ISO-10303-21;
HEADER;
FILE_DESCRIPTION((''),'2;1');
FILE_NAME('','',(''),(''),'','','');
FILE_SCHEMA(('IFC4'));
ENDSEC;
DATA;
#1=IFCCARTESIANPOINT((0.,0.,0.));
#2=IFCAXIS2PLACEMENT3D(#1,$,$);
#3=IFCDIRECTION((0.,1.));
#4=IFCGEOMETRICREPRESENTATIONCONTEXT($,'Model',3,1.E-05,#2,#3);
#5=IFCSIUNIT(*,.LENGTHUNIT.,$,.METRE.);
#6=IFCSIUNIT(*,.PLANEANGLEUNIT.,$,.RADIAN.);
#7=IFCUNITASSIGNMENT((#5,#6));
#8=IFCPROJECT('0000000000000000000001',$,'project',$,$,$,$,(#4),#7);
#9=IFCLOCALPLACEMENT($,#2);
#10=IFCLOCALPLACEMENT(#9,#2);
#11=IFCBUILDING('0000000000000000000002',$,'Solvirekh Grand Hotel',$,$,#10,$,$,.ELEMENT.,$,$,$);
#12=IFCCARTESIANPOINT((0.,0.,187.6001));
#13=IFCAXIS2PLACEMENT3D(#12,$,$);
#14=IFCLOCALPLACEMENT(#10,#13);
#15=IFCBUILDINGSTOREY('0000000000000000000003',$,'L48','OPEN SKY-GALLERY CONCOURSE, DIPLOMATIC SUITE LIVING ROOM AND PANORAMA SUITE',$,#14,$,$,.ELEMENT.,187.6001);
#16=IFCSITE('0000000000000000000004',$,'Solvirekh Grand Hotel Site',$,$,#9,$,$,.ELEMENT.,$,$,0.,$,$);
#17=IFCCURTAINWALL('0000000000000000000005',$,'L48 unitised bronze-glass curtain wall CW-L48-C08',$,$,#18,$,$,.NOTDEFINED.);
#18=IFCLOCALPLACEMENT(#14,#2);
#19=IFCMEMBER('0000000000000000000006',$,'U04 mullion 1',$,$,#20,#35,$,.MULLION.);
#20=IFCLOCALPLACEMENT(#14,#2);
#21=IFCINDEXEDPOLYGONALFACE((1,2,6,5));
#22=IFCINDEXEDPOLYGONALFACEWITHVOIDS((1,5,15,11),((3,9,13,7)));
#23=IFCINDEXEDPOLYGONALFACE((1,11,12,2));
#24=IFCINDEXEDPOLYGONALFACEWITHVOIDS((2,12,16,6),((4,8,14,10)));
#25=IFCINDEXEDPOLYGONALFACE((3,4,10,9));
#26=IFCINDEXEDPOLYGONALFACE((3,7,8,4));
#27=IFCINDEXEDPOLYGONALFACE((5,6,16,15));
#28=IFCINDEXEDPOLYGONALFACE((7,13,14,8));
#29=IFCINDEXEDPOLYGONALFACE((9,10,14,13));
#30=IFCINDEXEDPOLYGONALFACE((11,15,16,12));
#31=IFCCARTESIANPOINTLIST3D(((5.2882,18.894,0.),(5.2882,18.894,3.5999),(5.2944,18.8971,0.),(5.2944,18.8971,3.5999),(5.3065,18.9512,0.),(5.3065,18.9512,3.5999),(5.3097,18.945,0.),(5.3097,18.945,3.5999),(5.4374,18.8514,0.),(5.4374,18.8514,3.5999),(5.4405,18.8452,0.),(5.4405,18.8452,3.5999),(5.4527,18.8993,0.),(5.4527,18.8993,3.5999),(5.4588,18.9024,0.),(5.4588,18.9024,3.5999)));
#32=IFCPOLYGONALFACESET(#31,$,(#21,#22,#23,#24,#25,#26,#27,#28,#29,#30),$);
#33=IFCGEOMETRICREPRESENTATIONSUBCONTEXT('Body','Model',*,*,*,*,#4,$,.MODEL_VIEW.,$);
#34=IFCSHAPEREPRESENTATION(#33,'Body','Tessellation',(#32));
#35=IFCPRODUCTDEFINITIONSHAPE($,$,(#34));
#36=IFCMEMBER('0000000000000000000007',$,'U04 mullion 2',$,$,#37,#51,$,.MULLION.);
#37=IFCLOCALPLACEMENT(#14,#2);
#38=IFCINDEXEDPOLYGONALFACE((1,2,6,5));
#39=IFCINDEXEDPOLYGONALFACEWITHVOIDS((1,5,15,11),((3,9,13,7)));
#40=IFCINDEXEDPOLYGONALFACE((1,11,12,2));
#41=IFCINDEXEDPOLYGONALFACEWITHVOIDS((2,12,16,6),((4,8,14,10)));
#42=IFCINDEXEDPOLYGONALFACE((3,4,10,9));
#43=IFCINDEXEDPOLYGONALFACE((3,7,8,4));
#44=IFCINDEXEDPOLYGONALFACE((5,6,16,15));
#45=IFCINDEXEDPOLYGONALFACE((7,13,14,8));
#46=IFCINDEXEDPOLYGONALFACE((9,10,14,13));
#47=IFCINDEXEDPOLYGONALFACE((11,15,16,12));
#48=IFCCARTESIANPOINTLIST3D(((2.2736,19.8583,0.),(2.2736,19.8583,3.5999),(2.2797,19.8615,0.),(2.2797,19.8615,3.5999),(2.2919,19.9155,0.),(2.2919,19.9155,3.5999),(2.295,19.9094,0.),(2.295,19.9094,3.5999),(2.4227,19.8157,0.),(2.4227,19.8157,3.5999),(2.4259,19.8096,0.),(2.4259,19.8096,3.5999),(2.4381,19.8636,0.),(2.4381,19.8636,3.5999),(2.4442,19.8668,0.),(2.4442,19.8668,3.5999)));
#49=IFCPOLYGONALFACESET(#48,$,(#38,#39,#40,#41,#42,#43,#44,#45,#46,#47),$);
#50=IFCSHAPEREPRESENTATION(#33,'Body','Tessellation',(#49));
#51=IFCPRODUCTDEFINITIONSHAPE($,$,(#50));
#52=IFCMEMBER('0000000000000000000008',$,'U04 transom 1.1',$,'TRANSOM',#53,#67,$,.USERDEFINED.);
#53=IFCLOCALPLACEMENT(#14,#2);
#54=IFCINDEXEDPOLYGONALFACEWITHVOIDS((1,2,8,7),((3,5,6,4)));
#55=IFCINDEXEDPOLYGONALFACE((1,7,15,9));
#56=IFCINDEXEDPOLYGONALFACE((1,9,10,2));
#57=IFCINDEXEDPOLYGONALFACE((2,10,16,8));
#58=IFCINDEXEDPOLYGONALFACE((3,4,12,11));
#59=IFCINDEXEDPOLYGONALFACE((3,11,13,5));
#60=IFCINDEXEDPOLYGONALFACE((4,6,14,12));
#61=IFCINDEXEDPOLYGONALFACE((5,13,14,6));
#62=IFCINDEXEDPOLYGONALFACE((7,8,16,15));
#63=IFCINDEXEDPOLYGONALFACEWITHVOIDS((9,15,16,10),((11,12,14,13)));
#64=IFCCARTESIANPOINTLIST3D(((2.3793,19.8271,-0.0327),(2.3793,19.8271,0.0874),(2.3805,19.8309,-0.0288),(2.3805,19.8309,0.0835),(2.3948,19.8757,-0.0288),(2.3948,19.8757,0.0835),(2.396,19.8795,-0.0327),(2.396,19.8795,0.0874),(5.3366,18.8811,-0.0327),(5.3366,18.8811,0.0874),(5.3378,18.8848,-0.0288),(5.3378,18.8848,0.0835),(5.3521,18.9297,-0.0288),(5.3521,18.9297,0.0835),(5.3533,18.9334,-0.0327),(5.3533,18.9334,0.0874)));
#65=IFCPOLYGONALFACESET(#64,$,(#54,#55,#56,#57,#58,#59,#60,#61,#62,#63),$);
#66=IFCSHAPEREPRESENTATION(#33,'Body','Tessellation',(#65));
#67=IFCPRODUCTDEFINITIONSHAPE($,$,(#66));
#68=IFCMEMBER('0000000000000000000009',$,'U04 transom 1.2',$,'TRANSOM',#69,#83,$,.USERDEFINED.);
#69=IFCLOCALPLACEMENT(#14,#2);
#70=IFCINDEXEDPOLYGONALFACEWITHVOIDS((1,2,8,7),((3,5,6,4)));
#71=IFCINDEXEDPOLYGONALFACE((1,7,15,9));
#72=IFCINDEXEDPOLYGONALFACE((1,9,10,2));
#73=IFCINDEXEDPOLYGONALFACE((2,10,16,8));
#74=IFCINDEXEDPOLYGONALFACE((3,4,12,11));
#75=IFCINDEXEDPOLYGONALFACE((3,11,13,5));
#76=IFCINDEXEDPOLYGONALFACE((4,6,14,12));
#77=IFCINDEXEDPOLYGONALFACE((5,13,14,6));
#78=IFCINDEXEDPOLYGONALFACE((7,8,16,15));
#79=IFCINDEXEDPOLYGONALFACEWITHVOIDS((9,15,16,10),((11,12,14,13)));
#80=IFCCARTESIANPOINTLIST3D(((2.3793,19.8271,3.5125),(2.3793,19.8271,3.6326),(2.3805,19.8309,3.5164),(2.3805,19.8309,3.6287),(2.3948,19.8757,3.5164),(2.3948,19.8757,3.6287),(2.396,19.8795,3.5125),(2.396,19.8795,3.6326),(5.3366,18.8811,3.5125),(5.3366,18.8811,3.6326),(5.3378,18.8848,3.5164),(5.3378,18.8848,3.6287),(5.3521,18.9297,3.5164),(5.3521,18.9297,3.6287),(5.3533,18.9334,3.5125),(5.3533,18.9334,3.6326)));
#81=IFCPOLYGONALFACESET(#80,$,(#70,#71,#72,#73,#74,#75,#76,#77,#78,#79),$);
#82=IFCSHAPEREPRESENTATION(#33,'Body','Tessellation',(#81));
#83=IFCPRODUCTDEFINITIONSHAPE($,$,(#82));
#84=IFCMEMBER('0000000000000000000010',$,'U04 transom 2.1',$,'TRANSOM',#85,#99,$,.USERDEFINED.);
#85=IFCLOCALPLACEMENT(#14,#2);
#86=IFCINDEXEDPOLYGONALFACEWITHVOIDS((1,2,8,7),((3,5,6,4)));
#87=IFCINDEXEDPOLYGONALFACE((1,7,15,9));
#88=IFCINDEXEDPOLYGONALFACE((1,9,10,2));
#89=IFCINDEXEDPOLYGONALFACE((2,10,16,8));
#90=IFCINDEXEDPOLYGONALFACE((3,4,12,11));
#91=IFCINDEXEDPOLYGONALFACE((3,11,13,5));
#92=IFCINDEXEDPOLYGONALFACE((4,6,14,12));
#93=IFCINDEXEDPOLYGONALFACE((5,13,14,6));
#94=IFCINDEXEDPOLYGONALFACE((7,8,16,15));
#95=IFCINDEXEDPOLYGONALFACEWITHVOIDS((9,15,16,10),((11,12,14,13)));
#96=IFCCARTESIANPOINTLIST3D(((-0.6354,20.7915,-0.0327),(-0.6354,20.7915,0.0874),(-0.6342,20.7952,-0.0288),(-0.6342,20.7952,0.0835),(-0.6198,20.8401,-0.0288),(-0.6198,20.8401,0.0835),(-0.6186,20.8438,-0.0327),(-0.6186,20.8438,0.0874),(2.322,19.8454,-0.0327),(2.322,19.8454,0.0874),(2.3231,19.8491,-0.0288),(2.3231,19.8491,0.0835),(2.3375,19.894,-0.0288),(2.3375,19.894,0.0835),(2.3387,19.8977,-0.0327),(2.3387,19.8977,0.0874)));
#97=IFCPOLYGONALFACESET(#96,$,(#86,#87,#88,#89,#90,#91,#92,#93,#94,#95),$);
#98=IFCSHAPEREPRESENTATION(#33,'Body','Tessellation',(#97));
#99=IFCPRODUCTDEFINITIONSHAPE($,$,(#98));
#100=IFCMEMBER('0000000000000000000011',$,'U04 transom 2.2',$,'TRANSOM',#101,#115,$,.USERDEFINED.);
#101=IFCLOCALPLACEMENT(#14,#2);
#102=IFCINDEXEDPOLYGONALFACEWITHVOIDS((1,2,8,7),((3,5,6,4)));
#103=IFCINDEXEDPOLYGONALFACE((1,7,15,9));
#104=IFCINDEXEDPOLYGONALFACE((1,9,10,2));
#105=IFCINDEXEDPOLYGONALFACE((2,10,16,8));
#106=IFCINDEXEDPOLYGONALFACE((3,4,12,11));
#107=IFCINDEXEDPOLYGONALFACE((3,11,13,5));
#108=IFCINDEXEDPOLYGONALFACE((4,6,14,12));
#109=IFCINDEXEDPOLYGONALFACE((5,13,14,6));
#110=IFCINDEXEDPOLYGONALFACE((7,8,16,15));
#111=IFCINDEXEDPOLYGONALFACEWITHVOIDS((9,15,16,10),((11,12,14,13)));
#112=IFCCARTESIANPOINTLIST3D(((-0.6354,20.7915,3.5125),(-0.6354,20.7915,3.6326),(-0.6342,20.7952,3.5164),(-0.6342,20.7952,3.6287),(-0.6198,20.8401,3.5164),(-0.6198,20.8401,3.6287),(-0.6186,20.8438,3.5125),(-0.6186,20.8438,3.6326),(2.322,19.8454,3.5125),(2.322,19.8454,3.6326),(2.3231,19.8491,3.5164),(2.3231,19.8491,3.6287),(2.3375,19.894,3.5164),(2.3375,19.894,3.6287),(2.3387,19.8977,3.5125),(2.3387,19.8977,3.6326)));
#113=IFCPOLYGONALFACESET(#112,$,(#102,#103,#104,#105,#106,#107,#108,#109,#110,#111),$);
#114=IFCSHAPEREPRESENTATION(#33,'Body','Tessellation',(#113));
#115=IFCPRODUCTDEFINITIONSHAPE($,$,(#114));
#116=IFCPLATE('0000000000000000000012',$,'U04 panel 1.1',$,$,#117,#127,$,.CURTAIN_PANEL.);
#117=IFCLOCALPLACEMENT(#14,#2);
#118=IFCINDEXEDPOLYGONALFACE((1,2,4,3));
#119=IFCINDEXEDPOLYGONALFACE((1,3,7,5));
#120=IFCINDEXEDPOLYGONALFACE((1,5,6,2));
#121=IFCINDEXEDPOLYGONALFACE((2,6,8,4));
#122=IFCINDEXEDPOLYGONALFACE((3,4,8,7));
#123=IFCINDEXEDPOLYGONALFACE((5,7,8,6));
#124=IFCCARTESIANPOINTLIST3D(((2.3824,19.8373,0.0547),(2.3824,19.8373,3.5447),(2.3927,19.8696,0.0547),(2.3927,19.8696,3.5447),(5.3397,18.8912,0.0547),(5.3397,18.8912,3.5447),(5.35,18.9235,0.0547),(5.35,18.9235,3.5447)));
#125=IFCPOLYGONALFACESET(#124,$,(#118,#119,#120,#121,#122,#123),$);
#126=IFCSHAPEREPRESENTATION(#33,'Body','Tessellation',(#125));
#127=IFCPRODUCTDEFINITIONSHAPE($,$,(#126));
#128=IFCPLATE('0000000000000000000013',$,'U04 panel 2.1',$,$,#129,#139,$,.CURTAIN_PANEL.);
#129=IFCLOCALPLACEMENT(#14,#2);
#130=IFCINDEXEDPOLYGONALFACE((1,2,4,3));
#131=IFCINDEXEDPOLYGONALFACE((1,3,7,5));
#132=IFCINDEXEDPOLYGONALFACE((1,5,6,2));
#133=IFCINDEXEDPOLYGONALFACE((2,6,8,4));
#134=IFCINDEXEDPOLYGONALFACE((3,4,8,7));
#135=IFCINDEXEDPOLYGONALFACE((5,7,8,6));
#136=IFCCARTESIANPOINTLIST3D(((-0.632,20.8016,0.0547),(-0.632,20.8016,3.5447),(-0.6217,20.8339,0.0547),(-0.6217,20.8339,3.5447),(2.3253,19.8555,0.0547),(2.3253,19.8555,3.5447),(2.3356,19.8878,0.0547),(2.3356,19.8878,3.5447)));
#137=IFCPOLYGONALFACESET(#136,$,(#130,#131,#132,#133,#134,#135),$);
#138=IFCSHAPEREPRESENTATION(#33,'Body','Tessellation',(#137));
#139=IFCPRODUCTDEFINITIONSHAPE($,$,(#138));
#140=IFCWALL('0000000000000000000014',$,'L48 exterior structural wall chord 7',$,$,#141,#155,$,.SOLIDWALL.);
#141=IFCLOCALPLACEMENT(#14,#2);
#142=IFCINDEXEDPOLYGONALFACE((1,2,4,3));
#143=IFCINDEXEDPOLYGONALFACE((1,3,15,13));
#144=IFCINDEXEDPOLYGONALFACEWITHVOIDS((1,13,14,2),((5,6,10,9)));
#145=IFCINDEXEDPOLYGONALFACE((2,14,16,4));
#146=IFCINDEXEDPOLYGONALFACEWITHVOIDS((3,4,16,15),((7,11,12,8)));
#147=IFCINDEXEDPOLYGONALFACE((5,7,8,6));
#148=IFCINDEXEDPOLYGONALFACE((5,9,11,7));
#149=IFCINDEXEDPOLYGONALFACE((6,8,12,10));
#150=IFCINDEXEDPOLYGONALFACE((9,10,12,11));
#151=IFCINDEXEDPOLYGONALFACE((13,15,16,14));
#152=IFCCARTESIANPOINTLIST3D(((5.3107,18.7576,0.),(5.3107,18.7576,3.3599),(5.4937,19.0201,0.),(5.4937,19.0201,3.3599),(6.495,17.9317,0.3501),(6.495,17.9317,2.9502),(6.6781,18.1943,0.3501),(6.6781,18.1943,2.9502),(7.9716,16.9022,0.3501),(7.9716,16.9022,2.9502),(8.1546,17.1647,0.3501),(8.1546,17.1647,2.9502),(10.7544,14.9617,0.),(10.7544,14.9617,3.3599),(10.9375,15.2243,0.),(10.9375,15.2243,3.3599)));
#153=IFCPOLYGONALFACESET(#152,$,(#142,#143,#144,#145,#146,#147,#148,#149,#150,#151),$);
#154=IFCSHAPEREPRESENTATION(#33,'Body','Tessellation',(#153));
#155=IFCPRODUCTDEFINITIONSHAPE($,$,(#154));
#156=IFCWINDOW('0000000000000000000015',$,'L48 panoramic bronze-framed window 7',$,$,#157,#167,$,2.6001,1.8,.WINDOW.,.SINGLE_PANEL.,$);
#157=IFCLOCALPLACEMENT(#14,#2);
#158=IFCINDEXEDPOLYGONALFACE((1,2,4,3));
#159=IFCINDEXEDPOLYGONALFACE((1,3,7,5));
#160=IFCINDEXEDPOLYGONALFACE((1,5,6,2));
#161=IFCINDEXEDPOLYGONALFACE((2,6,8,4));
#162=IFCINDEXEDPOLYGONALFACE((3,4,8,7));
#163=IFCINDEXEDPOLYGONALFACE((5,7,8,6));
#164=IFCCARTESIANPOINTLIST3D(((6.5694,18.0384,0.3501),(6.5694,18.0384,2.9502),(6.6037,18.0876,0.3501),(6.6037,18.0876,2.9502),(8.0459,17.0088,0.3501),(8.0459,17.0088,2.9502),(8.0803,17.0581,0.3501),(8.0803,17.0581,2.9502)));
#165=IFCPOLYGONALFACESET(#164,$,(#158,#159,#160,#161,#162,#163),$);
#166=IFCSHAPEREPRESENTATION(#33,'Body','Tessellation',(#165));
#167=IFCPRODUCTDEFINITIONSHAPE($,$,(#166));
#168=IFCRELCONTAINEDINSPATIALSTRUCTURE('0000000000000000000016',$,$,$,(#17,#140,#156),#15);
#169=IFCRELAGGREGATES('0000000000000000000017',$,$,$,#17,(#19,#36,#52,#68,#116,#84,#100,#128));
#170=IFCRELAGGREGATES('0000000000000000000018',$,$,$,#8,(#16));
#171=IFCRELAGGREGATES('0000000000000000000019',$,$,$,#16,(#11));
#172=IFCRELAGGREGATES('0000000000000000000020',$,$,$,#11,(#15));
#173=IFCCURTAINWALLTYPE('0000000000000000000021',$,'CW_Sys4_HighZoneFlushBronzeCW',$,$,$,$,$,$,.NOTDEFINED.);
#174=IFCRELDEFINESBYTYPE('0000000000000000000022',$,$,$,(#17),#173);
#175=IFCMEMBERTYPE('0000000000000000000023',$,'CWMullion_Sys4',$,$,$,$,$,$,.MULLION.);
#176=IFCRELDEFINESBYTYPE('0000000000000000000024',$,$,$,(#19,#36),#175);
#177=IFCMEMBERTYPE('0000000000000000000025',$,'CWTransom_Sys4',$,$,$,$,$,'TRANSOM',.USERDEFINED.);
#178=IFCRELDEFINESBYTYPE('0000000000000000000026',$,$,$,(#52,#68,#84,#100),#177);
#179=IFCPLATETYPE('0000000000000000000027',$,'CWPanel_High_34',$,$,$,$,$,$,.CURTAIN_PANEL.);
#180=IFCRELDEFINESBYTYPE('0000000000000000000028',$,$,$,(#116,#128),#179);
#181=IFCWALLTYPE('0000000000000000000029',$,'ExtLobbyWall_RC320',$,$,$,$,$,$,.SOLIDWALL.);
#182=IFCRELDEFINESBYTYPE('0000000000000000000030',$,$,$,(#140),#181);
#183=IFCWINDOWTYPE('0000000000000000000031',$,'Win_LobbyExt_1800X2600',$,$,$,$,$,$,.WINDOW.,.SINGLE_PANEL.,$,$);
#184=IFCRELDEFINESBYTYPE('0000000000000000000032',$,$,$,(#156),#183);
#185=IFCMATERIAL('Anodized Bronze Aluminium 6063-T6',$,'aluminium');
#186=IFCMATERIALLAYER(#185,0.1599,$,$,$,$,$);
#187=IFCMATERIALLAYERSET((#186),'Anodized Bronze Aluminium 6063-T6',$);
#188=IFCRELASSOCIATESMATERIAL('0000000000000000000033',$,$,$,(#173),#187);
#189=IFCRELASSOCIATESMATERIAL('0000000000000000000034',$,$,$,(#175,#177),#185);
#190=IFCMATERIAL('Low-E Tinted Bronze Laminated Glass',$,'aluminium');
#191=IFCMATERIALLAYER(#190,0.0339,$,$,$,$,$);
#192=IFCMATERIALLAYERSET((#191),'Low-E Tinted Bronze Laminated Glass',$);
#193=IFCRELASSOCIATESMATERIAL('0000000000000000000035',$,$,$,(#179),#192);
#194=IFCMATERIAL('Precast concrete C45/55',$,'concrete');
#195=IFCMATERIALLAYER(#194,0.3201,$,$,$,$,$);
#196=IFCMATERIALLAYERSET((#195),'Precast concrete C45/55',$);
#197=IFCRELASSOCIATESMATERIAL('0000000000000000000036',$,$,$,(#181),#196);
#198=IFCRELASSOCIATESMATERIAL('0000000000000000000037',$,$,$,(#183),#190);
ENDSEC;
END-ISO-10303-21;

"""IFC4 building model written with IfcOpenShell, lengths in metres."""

from ifc_helpers import new_model, si_unit, direction, frame, frame_2d, origin, origin_2d, place, context, subcontext, project, spatial, rectangle, hollow_rectangle, extrude, source, transform, mapped, material, layer, layer_set, material_profile, profile_set, type_object, element, fill, aggregate, save


model = new_model("IFC4")

# Units and contexts
model_context = context("Model", 3, precision=1e-05, world=origin(), true_north=direction((0.0, 1.0)))
body_context = subcontext(model_context, "Body", "Model", "MODEL_VIEW")
ifc_project = project(units=[si_unit("LENGTHUNIT", "METRE"), si_unit("PLANEANGLEUNIT", "RADIAN")], contexts=[model_context])

# Site, building, storey
site_placement = place(None, origin())
site = spatial("IfcSite", under=ifc_project, at=site_placement, Name="Solvirekh Grand Hotel Site", CompositionType="ELEMENT", RefElevation=0.0)
building_placement = place(site_placement, origin())
building = spatial("IfcBuilding", under=site, at=building_placement, Name="Solvirekh Grand Hotel", CompositionType="ELEMENT")
storey_placement = place(building_placement, frame((0.0, 0.0, 187.6001)))
storey = spatial("IfcBuildingStorey", under=building, at=storey_placement, Name="L48", Description="OPEN SKY-GALLERY CONCOURSE, DIPLOMATIC SUITE LIVING ROOM AND PANORAMA SUITE", CompositionType="ELEMENT", Elevation=187.6001)

# Curtain wall, members, plates
ifc_material_1 = material(Name="Anodized Bronze Aluminium 6063-T6", Category="aluminium")
ifc_layer_1 = layer(ifc_material_1, 0.1599)
ifc_layer_set_1 = layer_set([ifc_layer_1], Name="Anodized Bronze Aluminium 6063-T6")
curtain_wall_type = type_object("IfcCurtainWallType", Name="CW_Sys4_HighZoneFlushBronzeCW", PredefinedType="NOTDEFINED", material=ifc_layer_set_1)
curtain_wall_placement = place(storey_placement, origin())
curtain_wall = element("IfcCurtainWall", 1, at=curtain_wall_placement, inside=storey, type_object=curtain_wall_type, Name="L48 unitised bronze-glass curtain wall CW-L48-C08", PredefinedType="NOTDEFINED")
ifc_material_profile_1 = material_profile(ifc_material_1, hollow_rectangle(XDim=0.0601, YDim=0.1599, WallThickness=0.0049, at=origin_2d()), Name="ALU RHS 160X60X5")
ifc_profile_set_1 = profile_set([ifc_material_profile_1], Name="Anodized Bronze Aluminium 6063-T6")
member_type_1 = type_object("IfcMemberType", Name="CWMullion_Sys4", PredefinedType="MULLION", material=ifc_profile_set_1)
shared_shape_1 = source(origin(), body_context, "Body", "SweptSolid", [
    extrude(hollow_rectangle(XDim=0.0601, YDim=0.1599, WallThickness=0.0049, at=origin_2d()), origin(), (0.0, 0.0, 1.0), 3.5999),
])
member_1_placement = place(storey_placement, frame((5.3735, 18.8982, 0.0), z_axis=(0.0, 0.0, 1.0), x_axis=(-0.304702, -0.952448, 0.0)))
member_1 = element("IfcMember", 2, at=member_1_placement, type_object=member_type_1, Name="U04 mullion 1", PredefinedType="MULLION", context=body_context, shape_type="MappedRepresentation", body=[
    mapped(shared_shape_1, transform((0.0, 0.0, 0.0), x_axis=(1.0, 0.0, 0.0), y_axis=(0.0, 1.0, 0.0), z_axis=(0.0, 0.0, 1.0), scale=1.0)),
])
member_2_placement = place(storey_placement, frame((2.3589, 19.8625, 0.0), z_axis=(0.0, 0.0, 1.0), x_axis=(-0.304702, -0.952448, 0.0)))
member_2 = element("IfcMember", 3, at=member_2_placement, type_object=member_type_1, Name="U04 mullion 2", PredefinedType="MULLION", context=body_context, shape_type="MappedRepresentation", body=[
    mapped(shared_shape_1, transform((0.0, 0.0, 0.0), x_axis=(1.0, 0.0, 0.0), y_axis=(0.0, 1.0, 0.0), z_axis=(0.0, 0.0, 1.0), scale=1.0)),
])
ifc_material_profile_2 = material_profile(ifc_material_1, hollow_rectangle(XDim=0.0549, YDim=0.1201, WallThickness=0.0039, at=origin_2d()), Name="ALU RHS 120X55X4")
ifc_profile_set_2 = profile_set([ifc_material_profile_2], Name="Anodized Bronze Aluminium 6063-T6")
member_type_2 = type_object("IfcMemberType", Name="CWTransom_Sys4", ElementType="TRANSOM", PredefinedType="USERDEFINED", material=ifc_profile_set_2)
shared_shape_2 = source(origin(), body_context, "Body", "SweptSolid", [
    extrude(hollow_rectangle(XDim=0.0549, YDim=0.1201, WallThickness=0.0039, at=origin_2d()), origin(), (0.0, 0.0, 1.0), 3.105),
])
member_3_placement = place(storey_placement, frame((5.345, 18.9072, 0.0273), z_axis=(-0.952451, 0.304693, 0.0), x_axis=(-0.304693, -0.952451, 0.0)))
member_3 = element("IfcMember", 4, at=member_3_placement, type_object=member_type_2, Name="U04 transom 1.1", ObjectType="TRANSOM", PredefinedType="USERDEFINED", context=body_context, shape_type="MappedRepresentation", body=[
    mapped(shared_shape_2, transform((0.0, 0.0, 0.0), x_axis=(1.0, 0.0, 0.0), y_axis=(0.0, 1.0, 0.0), z_axis=(0.0, 0.0, 1.0), scale=1.0)),
])
member_4_placement = place(storey_placement, frame((5.345, 18.9072, 3.5725), z_axis=(-0.952451, 0.304693, 0.0), x_axis=(-0.304693, -0.952451, 0.0)))
member_4 = element("IfcMember", 5, at=member_4_placement, type_object=member_type_2, Name="U04 transom 1.2", ObjectType="TRANSOM", PredefinedType="USERDEFINED", context=body_context, shape_type="MappedRepresentation", body=[
    mapped(shared_shape_2, transform((0.0, 0.0, 0.0), x_axis=(1.0, 0.0, 0.0), y_axis=(0.0, 1.0, 0.0), z_axis=(0.0, 0.0, 1.0), scale=1.0)),
])
member_5_placement = place(storey_placement, frame((2.3303, 19.8716, 0.0273), z_axis=(-0.952451, 0.304693, 0.0), x_axis=(-0.304693, -0.952451, 0.0)))
member_5 = element("IfcMember", 6, at=member_5_placement, type_object=member_type_2, Name="U04 transom 2.1", ObjectType="TRANSOM", PredefinedType="USERDEFINED", context=body_context, shape_type="MappedRepresentation", body=[
    mapped(shared_shape_2, transform((0.0, 0.0, 0.0), x_axis=(1.0, 0.0, 0.0), y_axis=(0.0, 1.0, 0.0), z_axis=(0.0, 0.0, 1.0), scale=1.0)),
])
member_6_placement = place(storey_placement, frame((2.3303, 19.8716, 3.5725), z_axis=(-0.952451, 0.304693, 0.0), x_axis=(-0.304693, -0.952451, 0.0)))
member_6 = element("IfcMember", 7, at=member_6_placement, type_object=member_type_2, Name="U04 transom 2.2", ObjectType="TRANSOM", PredefinedType="USERDEFINED", context=body_context, shape_type="MappedRepresentation", body=[
    mapped(shared_shape_2, transform((0.0, 0.0, 0.0), x_axis=(1.0, 0.0, 0.0), y_axis=(0.0, 1.0, 0.0), z_axis=(0.0, 0.0, 1.0), scale=1.0)),
])
ifc_material_2 = material(Name="Low-E Tinted Bronze Laminated Glass", Category="aluminium")
ifc_layer_2 = layer(ifc_material_2, 0.0339)
ifc_layer_set_2 = layer_set([ifc_layer_2], Name="Low-E Tinted Bronze Laminated Glass")
plate_type = type_object("IfcPlateType", Name="CWPanel_High_34", PredefinedType="CURTAIN_PANEL", material=ifc_layer_set_2)
shared_shape_3 = source(origin(), body_context, "Body", "SweptSolid", [
    extrude(rectangle(XDim=3.105, YDim=0.0339, at=origin_2d()), origin(), (0.0, 0.0, 1.0), 3.49),
])
plate_1_placement = place(storey_placement, frame((3.8662, 19.3804, 0.0547), z_axis=(0.0, 0.0, 1.0), x_axis=(-0.952448, 0.304702, 0.0)))
plate_1 = element("IfcPlate", 8, at=plate_1_placement, type_object=plate_type, Name="U04 panel 1.1", PredefinedType="CURTAIN_PANEL", context=body_context, shape_type="MappedRepresentation", body=[
    mapped(shared_shape_3, transform((0.0, 0.0, 0.0), x_axis=(1.0, 0.0, 0.0), y_axis=(0.0, 1.0, 0.0), z_axis=(0.0, 0.0, 1.0), scale=1.0)),
])
plate_2_placement = place(storey_placement, frame((0.8518, 20.3447, 0.0547), z_axis=(0.0, 0.0, 1.0), x_axis=(-0.952448, 0.304702, 0.0)))
plate_2 = element("IfcPlate", 9, at=plate_2_placement, type_object=plate_type, Name="U04 panel 2.1", PredefinedType="CURTAIN_PANEL", context=body_context, shape_type="MappedRepresentation", body=[
    mapped(shared_shape_3, transform((0.0, 0.0, 0.0), x_axis=(1.0, 0.0, 0.0), y_axis=(0.0, 1.0, 0.0), z_axis=(0.0, 0.0, 1.0), scale=1.0)),
])
aggregate(curtain_wall, [member_1, member_2, member_3, member_4, plate_1, member_5, member_6, plate_2])

# Wall, opening, window
ifc_material_3 = material(Name="Precast concrete C45/55", Category="concrete")
ifc_layer_3 = layer(ifc_material_3, 0.3201)
ifc_layer_set_3 = layer_set([ifc_layer_3], Name="Precast concrete C45/55")
wall_type_1 = type_object("IfcWallType", Name="ExtLobbyWall_RC320", PredefinedType="SOLIDWALL", material=ifc_layer_set_3)
wall_1_placement = place(storey_placement, frame((5.4021, 18.8889, 0.0), z_axis=(0.0, 0.0, 1.0), x_axis=(0.820278, -0.571965, 0.0)))
wall_1 = element("IfcWall", 10, at=wall_1_placement, inside=storey, type_object=wall_type_1, Name="L48 exterior structural wall chord 7", PredefinedType="SOLIDWALL", context=body_context, shape_type="SweptSolid", body=[
    extrude(rectangle(XDim=6.6365, YDim=0.3201, at=frame_2d((3.3184, 0.0))), origin(), (0.0, 0.0, 1.0), 3.3599),
])
opening_1_placement = place(wall_1_placement, frame((1.4441, 0.0, 0.3501)))
opening_1 = element("IfcOpeningElement", 11, at=opening_1_placement, cuts=wall_1, PredefinedType="OPENING", context=body_context, shape_type="SweptSolid", body=[
    extrude(rectangle(XDim=1.8, YDim=2.6001, at=frame_2d((0.8999, 1.3))), frame((0.0, 0.1699, 0.0), z_axis=(0.0, -1.0, 0.0), x_axis=(1.0, 0.0, 0.0)), (0.0, 0.0, 1.0), 0.3401),
])
window_type = type_object("IfcWindowType", Name="Win_LobbyExt_1800X2600", PartitioningType="SINGLE_PANEL", PredefinedType="WINDOW", material=ifc_material_2)
window_placement = place(opening_1_placement, origin())
window = element("IfcWindow", 12, at=window_placement, inside=storey, type_object=window_type, Name="L48 panoramic bronze-framed window 7", OverallHeight=2.6001, OverallWidth=1.8, PartitioningType="SINGLE_PANEL", PredefinedType="WINDOW", context=body_context, shape_type="SweptSolid", body=[
    extrude(rectangle(XDim=1.8, YDim=2.6001, at=frame_2d((0.8999, 1.3))), frame((0.0, 0.03, 0.0), z_axis=(0.0, -1.0, 0.0), x_axis=(1.0, 0.0, 0.0)), (0.0, 0.0, 1.0), 0.0601),
])
fill(opening_1, window)

save(model, "model.ifc")
